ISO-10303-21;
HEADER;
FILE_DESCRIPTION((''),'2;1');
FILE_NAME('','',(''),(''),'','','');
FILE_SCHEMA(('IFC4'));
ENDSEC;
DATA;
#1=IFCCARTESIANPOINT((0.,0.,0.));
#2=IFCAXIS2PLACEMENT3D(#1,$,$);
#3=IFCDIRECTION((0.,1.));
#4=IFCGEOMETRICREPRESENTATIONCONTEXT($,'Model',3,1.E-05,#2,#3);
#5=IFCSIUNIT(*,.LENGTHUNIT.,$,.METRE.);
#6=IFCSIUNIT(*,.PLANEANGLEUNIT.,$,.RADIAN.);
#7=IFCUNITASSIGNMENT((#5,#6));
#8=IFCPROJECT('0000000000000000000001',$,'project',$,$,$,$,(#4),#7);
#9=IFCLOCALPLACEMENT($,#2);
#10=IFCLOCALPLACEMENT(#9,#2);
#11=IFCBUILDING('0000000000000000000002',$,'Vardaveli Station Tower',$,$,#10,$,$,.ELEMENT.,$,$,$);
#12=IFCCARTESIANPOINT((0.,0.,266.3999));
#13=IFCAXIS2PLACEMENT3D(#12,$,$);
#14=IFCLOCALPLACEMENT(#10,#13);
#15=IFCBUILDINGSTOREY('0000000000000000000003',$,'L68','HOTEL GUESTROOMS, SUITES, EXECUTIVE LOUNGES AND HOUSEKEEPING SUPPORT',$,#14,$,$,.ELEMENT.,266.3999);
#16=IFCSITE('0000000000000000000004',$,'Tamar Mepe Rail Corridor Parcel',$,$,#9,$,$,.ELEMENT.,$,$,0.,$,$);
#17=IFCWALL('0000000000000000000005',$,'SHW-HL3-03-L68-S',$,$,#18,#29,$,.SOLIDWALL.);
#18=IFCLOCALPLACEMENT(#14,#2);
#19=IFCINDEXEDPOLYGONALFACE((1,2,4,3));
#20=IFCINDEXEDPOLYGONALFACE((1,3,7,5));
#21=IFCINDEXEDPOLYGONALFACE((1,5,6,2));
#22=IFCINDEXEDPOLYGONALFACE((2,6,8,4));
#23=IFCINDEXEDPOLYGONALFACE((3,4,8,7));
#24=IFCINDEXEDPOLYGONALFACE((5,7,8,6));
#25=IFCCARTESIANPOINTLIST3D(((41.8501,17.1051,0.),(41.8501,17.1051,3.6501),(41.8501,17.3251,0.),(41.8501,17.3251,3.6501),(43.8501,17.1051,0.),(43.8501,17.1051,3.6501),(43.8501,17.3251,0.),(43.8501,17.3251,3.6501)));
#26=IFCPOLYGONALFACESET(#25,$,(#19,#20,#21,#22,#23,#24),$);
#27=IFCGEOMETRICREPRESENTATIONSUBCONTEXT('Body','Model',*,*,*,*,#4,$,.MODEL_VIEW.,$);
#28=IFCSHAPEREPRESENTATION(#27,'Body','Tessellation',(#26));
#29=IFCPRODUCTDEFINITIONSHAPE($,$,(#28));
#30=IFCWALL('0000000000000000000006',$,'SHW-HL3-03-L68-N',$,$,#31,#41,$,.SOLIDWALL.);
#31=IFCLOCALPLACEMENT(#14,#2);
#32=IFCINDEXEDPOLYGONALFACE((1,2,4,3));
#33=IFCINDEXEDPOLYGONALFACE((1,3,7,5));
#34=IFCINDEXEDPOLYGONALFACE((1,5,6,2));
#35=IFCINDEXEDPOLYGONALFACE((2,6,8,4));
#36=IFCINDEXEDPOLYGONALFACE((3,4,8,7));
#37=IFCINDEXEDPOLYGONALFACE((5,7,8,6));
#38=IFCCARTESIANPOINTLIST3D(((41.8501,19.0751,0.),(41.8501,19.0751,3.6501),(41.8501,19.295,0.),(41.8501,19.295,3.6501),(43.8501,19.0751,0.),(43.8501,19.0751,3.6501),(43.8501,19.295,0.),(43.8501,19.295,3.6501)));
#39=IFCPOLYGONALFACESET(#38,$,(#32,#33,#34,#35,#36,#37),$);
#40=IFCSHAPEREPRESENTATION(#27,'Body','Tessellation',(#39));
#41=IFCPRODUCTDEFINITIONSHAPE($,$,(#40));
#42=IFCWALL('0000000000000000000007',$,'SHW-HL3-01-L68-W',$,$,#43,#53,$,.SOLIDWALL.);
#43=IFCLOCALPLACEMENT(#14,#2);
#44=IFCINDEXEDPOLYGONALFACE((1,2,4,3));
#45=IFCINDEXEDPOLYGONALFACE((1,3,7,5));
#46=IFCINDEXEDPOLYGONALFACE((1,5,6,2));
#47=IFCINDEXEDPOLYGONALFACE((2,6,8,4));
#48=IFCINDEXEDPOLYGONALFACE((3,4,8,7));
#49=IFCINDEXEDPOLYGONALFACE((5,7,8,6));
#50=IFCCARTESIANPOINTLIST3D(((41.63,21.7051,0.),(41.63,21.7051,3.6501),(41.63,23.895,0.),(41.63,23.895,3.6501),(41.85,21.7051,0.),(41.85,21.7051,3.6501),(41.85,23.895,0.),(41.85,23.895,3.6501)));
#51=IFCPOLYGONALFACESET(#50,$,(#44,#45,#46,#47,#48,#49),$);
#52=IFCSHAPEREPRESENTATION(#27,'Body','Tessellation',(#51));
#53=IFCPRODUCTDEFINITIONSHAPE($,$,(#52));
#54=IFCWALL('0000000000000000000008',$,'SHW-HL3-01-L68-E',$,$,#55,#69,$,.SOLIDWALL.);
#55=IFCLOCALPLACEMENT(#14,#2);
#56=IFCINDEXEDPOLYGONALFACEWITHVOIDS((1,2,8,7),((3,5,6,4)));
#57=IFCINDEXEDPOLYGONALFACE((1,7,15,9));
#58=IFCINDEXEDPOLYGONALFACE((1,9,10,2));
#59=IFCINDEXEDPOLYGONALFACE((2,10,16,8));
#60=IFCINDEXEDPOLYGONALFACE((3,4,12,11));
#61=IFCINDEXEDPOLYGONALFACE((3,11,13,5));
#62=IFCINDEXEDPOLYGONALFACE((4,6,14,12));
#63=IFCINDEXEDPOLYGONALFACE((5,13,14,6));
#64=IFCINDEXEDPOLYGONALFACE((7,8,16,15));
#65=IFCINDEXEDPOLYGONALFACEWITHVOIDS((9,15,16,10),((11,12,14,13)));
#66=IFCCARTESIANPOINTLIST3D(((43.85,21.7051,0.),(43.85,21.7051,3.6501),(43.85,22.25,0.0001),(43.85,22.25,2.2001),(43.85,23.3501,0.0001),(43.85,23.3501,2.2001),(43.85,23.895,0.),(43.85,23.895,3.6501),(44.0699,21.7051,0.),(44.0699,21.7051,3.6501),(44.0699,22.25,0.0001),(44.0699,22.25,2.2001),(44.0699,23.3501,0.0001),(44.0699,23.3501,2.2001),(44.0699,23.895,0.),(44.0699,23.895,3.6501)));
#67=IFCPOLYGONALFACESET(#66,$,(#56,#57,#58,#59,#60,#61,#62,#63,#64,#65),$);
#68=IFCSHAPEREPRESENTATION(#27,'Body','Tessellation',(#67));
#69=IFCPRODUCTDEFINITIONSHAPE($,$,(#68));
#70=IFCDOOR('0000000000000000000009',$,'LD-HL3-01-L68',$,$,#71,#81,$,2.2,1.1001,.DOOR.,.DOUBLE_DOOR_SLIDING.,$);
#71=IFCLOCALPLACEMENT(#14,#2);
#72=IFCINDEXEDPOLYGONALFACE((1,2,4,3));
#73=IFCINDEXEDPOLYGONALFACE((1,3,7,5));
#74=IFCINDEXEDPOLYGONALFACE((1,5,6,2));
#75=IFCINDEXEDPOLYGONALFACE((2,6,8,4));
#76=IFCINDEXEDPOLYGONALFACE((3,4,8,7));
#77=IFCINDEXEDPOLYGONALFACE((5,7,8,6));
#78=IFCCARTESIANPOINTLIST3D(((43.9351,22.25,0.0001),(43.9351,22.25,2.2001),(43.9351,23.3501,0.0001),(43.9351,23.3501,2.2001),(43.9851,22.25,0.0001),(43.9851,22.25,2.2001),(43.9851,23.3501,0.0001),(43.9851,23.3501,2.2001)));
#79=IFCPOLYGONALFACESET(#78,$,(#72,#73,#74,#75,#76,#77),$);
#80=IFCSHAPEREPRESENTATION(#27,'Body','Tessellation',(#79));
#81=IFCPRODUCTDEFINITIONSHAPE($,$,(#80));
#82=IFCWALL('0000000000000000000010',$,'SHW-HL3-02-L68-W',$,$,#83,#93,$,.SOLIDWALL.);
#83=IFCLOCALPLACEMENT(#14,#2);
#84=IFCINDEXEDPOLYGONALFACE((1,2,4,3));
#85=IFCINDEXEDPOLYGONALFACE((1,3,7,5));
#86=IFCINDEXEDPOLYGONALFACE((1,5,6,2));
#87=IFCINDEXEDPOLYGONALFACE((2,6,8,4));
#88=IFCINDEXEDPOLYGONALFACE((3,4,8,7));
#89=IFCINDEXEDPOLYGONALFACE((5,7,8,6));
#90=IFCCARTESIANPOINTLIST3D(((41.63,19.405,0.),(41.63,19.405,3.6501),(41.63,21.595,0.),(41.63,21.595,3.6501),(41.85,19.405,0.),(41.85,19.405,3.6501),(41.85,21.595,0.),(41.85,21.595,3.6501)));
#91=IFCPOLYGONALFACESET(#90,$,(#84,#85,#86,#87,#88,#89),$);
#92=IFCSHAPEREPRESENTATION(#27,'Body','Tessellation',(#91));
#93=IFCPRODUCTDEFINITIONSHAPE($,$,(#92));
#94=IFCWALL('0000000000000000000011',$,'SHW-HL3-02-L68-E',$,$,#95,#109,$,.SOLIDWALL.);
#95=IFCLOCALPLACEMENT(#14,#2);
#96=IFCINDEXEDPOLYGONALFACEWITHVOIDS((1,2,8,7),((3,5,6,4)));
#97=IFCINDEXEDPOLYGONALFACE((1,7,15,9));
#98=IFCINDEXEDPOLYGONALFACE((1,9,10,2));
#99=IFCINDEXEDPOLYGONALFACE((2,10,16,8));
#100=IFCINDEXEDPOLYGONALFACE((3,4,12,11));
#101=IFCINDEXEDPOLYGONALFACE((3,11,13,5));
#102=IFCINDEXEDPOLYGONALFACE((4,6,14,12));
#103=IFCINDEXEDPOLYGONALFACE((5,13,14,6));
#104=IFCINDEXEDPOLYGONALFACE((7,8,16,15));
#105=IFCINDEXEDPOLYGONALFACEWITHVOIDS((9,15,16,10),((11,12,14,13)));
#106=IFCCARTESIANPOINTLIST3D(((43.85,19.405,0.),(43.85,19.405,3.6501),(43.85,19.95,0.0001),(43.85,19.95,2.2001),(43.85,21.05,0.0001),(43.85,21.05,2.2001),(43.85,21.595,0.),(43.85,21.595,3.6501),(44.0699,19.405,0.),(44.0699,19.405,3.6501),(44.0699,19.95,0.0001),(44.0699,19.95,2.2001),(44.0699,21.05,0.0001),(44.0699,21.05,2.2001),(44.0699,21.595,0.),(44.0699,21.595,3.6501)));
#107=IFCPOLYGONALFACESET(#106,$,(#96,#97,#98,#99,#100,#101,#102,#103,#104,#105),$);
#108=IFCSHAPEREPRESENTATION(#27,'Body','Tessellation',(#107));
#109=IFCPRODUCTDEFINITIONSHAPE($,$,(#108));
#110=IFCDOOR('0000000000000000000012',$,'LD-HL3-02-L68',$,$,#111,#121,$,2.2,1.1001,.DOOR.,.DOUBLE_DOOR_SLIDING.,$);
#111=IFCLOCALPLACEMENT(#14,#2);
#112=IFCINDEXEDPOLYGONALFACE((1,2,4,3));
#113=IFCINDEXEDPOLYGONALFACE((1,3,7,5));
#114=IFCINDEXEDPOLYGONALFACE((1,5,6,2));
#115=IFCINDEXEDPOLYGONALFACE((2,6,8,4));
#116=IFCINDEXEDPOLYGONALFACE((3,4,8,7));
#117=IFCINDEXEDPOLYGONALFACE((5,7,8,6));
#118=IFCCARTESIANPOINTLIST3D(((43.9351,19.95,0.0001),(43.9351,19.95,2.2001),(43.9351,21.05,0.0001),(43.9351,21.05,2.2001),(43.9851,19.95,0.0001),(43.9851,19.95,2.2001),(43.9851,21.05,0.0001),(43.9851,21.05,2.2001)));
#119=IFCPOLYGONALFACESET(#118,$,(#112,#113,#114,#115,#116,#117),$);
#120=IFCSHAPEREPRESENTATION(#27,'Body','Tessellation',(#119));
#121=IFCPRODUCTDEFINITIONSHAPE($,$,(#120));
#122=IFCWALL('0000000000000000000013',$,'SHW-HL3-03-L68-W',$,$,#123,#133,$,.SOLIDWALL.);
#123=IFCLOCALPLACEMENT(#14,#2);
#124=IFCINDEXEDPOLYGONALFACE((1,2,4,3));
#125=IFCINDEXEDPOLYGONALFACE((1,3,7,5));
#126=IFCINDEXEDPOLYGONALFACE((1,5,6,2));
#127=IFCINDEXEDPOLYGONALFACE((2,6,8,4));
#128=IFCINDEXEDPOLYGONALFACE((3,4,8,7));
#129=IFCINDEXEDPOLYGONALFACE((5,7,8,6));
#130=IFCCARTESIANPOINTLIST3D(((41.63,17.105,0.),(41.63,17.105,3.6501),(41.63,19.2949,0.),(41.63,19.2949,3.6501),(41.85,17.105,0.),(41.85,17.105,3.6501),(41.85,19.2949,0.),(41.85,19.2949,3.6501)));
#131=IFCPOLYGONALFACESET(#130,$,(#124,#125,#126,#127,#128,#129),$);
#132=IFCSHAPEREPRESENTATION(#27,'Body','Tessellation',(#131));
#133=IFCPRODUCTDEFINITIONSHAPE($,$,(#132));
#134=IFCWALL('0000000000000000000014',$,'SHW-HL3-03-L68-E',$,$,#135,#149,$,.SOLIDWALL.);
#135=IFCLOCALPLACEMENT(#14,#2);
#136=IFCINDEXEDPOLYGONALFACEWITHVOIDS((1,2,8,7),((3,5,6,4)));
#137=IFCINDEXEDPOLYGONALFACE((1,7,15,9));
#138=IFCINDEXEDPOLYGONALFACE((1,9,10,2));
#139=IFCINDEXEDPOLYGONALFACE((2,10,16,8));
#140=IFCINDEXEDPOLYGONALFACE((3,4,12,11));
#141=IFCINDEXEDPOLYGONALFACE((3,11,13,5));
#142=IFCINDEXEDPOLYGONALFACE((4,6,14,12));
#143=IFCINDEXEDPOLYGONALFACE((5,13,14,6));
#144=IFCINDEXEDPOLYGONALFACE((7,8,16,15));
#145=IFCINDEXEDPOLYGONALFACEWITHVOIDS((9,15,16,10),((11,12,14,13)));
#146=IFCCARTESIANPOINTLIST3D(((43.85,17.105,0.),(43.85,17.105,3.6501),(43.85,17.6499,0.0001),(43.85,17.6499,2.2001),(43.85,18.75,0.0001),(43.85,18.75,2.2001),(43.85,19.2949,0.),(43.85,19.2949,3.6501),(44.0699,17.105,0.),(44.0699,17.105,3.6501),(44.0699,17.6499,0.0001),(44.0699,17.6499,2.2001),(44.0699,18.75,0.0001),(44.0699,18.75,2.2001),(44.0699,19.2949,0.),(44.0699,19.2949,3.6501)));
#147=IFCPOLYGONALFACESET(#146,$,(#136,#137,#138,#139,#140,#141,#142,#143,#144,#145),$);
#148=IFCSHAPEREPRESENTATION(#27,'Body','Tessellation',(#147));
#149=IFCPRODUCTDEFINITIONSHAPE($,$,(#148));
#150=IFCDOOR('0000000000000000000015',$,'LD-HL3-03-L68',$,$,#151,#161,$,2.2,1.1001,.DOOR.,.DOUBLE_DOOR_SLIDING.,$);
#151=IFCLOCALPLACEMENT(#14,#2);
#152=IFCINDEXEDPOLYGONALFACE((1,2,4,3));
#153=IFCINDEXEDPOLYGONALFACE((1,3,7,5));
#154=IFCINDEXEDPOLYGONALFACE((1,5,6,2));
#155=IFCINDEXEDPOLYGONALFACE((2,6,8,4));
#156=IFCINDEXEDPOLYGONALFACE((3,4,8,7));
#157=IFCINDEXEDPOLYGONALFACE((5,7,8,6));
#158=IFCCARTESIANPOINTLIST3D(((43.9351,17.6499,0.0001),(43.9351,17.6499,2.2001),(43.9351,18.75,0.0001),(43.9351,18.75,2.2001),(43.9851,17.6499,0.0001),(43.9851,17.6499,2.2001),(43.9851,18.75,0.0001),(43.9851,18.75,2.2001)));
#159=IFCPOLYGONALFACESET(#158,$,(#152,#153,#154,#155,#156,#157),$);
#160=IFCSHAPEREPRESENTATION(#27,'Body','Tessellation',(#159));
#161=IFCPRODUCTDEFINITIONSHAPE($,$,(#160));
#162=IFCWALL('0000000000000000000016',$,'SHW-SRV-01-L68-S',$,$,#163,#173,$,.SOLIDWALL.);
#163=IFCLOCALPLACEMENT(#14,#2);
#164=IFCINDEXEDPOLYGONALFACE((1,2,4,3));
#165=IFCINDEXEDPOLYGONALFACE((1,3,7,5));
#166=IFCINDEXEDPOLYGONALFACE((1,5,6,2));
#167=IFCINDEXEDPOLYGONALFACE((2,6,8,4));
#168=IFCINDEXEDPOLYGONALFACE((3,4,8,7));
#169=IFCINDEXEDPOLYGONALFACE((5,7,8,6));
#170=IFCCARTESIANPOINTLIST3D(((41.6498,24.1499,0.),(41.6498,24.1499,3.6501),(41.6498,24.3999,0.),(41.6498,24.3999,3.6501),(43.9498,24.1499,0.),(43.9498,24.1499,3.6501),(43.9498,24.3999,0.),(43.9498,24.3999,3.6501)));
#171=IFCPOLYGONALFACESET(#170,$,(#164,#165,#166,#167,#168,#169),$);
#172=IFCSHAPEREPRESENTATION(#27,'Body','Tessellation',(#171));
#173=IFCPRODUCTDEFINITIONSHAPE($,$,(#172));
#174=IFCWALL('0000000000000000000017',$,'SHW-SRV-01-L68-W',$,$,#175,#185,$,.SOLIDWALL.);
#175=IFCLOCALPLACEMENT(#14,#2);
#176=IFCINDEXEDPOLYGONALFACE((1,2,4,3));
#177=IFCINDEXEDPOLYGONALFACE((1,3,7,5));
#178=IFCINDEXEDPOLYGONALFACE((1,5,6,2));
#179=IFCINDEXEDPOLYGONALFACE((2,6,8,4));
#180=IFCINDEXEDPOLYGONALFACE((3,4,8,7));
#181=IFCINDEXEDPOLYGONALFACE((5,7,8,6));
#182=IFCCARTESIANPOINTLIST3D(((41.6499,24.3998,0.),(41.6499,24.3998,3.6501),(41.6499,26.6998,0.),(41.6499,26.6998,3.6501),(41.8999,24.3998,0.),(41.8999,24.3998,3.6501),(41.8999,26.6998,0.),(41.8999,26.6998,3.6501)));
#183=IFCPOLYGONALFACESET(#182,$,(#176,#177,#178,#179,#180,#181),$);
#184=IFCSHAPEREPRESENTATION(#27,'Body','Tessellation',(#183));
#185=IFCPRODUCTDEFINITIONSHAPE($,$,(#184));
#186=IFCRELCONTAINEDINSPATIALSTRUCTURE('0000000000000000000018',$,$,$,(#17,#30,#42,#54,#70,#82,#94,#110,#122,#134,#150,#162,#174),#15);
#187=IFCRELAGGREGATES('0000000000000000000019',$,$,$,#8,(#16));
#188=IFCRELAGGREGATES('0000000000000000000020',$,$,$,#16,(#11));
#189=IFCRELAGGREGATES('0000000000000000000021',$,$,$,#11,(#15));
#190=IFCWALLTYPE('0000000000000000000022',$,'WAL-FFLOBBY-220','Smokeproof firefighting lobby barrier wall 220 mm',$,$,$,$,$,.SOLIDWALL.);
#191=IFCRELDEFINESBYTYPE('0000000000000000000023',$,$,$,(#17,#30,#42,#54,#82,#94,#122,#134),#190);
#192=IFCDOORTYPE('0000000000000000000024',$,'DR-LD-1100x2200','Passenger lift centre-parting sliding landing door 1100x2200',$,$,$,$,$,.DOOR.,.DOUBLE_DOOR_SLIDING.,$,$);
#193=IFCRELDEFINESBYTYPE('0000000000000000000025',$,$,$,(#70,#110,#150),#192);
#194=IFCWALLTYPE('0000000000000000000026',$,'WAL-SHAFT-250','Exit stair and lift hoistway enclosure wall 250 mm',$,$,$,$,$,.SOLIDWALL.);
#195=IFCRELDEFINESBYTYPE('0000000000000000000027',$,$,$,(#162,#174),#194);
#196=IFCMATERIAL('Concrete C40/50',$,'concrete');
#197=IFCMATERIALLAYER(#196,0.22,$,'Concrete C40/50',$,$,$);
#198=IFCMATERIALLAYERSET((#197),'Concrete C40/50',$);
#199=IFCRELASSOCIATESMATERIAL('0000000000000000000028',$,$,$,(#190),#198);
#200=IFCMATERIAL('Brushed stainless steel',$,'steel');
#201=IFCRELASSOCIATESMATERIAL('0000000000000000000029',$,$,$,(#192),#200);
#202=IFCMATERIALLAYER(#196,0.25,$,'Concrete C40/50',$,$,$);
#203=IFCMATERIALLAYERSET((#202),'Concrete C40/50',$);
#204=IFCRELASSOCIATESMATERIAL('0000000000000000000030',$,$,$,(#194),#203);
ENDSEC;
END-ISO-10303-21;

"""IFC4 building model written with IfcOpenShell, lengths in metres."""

from ifc_helpers import new_model, si_unit, direction, frame, frame_2d, origin, place, context, subcontext, project, spatial, rectangle, extrude, source, transform, mapped, material, layer, layer_set, type_object, element, fill, save


model = new_model("IFC4")

# Units and contexts
model_context = context("Model", 3, precision=1e-05, world=origin(), true_north=direction((0.0, 1.0)))
body_context = subcontext(model_context, "Body", "Model", "MODEL_VIEW")
ifc_project = project(units=[si_unit("LENGTHUNIT", "METRE"), si_unit("PLANEANGLEUNIT", "RADIAN")], contexts=[model_context])

# Site, building, storey
site_placement = place(None, origin())
site = spatial("IfcSite", under=ifc_project, at=site_placement, Name="Tamar Mepe Rail Corridor Parcel", CompositionType="ELEMENT", RefElevation=0.0)
building_placement = place(site_placement, origin())
building = spatial("IfcBuilding", under=site, at=building_placement, Name="Vardaveli Station Tower", CompositionType="ELEMENT")
storey_placement = place(building_placement, frame((0.0, 0.0, 266.3999)))
storey = spatial("IfcBuildingStorey", under=building, at=storey_placement, Name="L68", Description="HOTEL GUESTROOMS, SUITES, EXECUTIVE LOUNGES AND HOUSEKEEPING SUPPORT", CompositionType="ELEMENT", Elevation=266.3999)

# Walls
ifc_material_1 = material(Name="Concrete C40/50", Category="concrete")
ifc_layer_1 = layer(ifc_material_1, 0.22, Name="Concrete C40/50")
ifc_layer_set_1 = layer_set([ifc_layer_1], Name="Concrete C40/50")
wall_type_1 = type_object("IfcWallType", Name="WAL-FFLOBBY-220", Description="Smokeproof firefighting lobby barrier wall 220 mm", PredefinedType="SOLIDWALL", material=ifc_layer_set_1)
shared_shape_1 = source(origin(), body_context, "Body", "SweptSolid", [
    extrude(rectangle(XDim=2.0, YDim=0.22, at=frame_2d((1.0, 0.0))), origin(), (0.0, 0.0, 1.0), 3.6501),
])
for number, where, z_axis, x_axis, name in (
    (1, (41.8501, 17.2151, 0.0), (0.0, 0.0, 1.0), (1.0, 0.0, 0.0), "SHW-HL3-03-L68-S"),
    (2, (41.8501, 19.1851, 0.0), (0.0, 0.0, 1.0), (1.0, 0.0, 0.0), "SHW-HL3-03-L68-N"),
):
    element("IfcWall", number, at=place(storey_placement, frame(where, z_axis=z_axis, x_axis=x_axis)), inside=storey, type_object=wall_type_1, Name=name, PredefinedType="SOLIDWALL", context=body_context, shape_type="MappedRepresentation", body=[
        mapped(shared_shape_1, transform((0.0, 0.0, 0.0), scale=1.0)),
    ])
shared_shape_2 = source(origin(), body_context, "Body", "SweptSolid", [
    extrude(rectangle(XDim=2.1899, YDim=0.22, at=frame_2d((1.095, 0.0))), origin(), (0.0, 0.0, 1.0), 3.6501),
])
wall_1_placement = place(storey_placement, frame((41.74, 21.7051, 0.0), z_axis=(0.0, 0.0, 1.0), x_axis=(0.0, 1.0, 0.0)))
element("IfcWall", 3, at=wall_1_placement, inside=storey, type_object=wall_type_1, Name="SHW-HL3-01-L68-W", PredefinedType="SOLIDWALL", context=body_context, shape_type="MappedRepresentation", body=[
    mapped(shared_shape_2, transform((0.0, 0.0, 0.0), scale=1.0)),
])

# Wall, opening, door
wall_2_placement = place(storey_placement, frame((43.96, 21.7051, 0.0), z_axis=(0.0, 0.0, 1.0), x_axis=(0.0, 1.0, 0.0)))
wall_2 = element("IfcWall", 4, at=wall_2_placement, inside=storey, type_object=wall_type_1, Name="SHW-HL3-01-L68-E", PredefinedType="SOLIDWALL", context=body_context, shape_type="MappedRepresentation", body=[
    mapped(shared_shape_2, transform((0.0, 0.0, 0.0), scale=1.0)),
])
shared_shape_3 = source(origin(), body_context, "Body", "SweptSolid", [
    extrude(rectangle(XDim=1.1001, YDim=2.2, at=frame_2d((0.55, 1.1001))), frame((0.0, 0.1201, 0.0), z_axis=(0.0, -1.0, 0.0), x_axis=(1.0, 0.0, 0.0)), (0.0, 0.0, 1.0), 0.24),
])
opening_1_placement = place(wall_2_placement, frame((0.5449, 0.0, 0.0)))
opening_1 = element("IfcOpeningElement", 5, at=opening_1_placement, cuts=wall_2, PredefinedType="OPENING", context=body_context, shape_type="MappedRepresentation", body=[
    mapped(shared_shape_3, transform((0.0, 0.0, 0.0), scale=1.0)),
])
ifc_material_2 = material(Name="Brushed stainless steel", Category="steel")
door_type = type_object("IfcDoorType", Name="DR-LD-1100x2200", Description="Passenger lift centre-parting sliding landing door 1100x2200", OperationType="DOUBLE_DOOR_SLIDING", PredefinedType="DOOR", material=ifc_material_2)
shared_shape_4 = source(origin(), body_context, "Body", "SweptSolid", [
    extrude(rectangle(XDim=1.1001, YDim=2.2, at=frame_2d((0.55, 1.1001))), frame((0.0, 0.0249, 0.0), z_axis=(0.0, -1.0, 0.0), x_axis=(1.0, 0.0, 0.0)), (0.0, 0.0, 1.0), 0.05),
])
door_1_placement = place(opening_1_placement, origin())
door_1 = element("IfcDoor", 6, at=door_1_placement, inside=storey, type_object=door_type, Name="LD-HL3-01-L68", OperationType="DOUBLE_DOOR_SLIDING", OverallHeight=2.2, OverallWidth=1.1001, PredefinedType="DOOR", context=body_context, shape_type="MappedRepresentation", body=[
    mapped(shared_shape_4, transform((0.0, 0.0, 0.0), scale=1.0)),
])
fill(opening_1, door_1)

# Wall
wall_3_placement = place(storey_placement, frame((41.74, 19.405, 0.0), z_axis=(0.0, 0.0, 1.0), x_axis=(0.0, 1.0, 0.0)))
element("IfcWall", 7, at=wall_3_placement, inside=storey, type_object=wall_type_1, Name="SHW-HL3-02-L68-W", PredefinedType="SOLIDWALL", context=body_context, shape_type="MappedRepresentation", body=[
    mapped(shared_shape_2, transform((0.0, 0.0, 0.0), scale=1.0)),
])

# Wall, opening, door
wall_4_placement = place(storey_placement, frame((43.96, 19.405, 0.0), z_axis=(0.0, 0.0, 1.0), x_axis=(0.0, 1.0, 0.0)))
wall_4 = element("IfcWall", 8, at=wall_4_placement, inside=storey, type_object=wall_type_1, Name="SHW-HL3-02-L68-E", PredefinedType="SOLIDWALL", context=body_context, shape_type="MappedRepresentation", body=[
    mapped(shared_shape_2, transform((0.0, 0.0, 0.0), scale=1.0)),
])
opening_2_placement = place(wall_4_placement, frame((0.5449, 0.0, 0.0)))
opening_2 = element("IfcOpeningElement", 9, at=opening_2_placement, cuts=wall_4, PredefinedType="OPENING", context=body_context, shape_type="MappedRepresentation", body=[
    mapped(shared_shape_3, transform((0.0, 0.0, 0.0), scale=1.0)),
])
door_2_placement = place(opening_2_placement, origin())
door_2 = element("IfcDoor", 10, at=door_2_placement, inside=storey, type_object=door_type, Name="LD-HL3-02-L68", OperationType="DOUBLE_DOOR_SLIDING", OverallHeight=2.2, OverallWidth=1.1001, PredefinedType="DOOR", context=body_context, shape_type="MappedRepresentation", body=[
    mapped(shared_shape_4, transform((0.0, 0.0, 0.0), scale=1.0)),
])
fill(opening_2, door_2)

# Wall
wall_5_placement = place(storey_placement, frame((41.74, 17.105, 0.0), z_axis=(0.0, 0.0, 1.0), x_axis=(0.0, 1.0, 0.0)))
element("IfcWall", 11, at=wall_5_placement, inside=storey, type_object=wall_type_1, Name="SHW-HL3-03-L68-W", PredefinedType="SOLIDWALL", context=body_context, shape_type="MappedRepresentation", body=[
    mapped(shared_shape_2, transform((0.0, 0.0, 0.0), scale=1.0)),
])

# Wall, opening, door
wall_6_placement = place(storey_placement, frame((43.96, 17.105, 0.0), z_axis=(0.0, 0.0, 1.0), x_axis=(0.0, 1.0, 0.0)))
wall_6 = element("IfcWall", 12, at=wall_6_placement, inside=storey, type_object=wall_type_1, Name="SHW-HL3-03-L68-E", PredefinedType="SOLIDWALL", context=body_context, shape_type="MappedRepresentation", body=[
    mapped(shared_shape_2, transform((0.0, 0.0, 0.0), scale=1.0)),
])
opening_3_placement = place(wall_6_placement, frame((0.5449, 0.0, 0.0)))
opening_3 = element("IfcOpeningElement", 13, at=opening_3_placement, cuts=wall_6, PredefinedType="OPENING", context=body_context, shape_type="MappedRepresentation", body=[
    mapped(shared_shape_3, transform((0.0, 0.0, 0.0), scale=1.0)),
])
door_3_placement = place(opening_3_placement, origin())
door_3 = element("IfcDoor", 14, at=door_3_placement, inside=storey, type_object=door_type, Name="LD-HL3-03-L68", OperationType="DOUBLE_DOOR_SLIDING", OverallHeight=2.2, OverallWidth=1.1001, PredefinedType="DOOR", context=body_context, shape_type="MappedRepresentation", body=[
    mapped(shared_shape_4, transform((0.0, 0.0, 0.0), scale=1.0)),
])
fill(opening_3, door_3)

# Walls
ifc_layer_2 = layer(ifc_material_1, 0.25, Name="Concrete C40/50")
ifc_layer_set_2 = layer_set([ifc_layer_2], Name="Concrete C40/50")
wall_type_2 = type_object("IfcWallType", Name="WAL-SHAFT-250", Description="Exit stair and lift hoistway enclosure wall 250 mm", PredefinedType="SOLIDWALL", material=ifc_layer_set_2)
shared_shape_5 = source(origin(), body_context, "Body", "SweptSolid", [
    extrude(rectangle(XDim=2.3, YDim=0.25, at=frame_2d((1.1499, 0.0))), origin(), (0.0, 0.0, 1.0), 3.6501),
])
for number, where, z_axis, x_axis, name in (
    (15, (41.6499, 24.2749, 0.0), (0.0, 0.0, 1.0), (1.0, 0.0, 0.0), "SHW-SRV-01-L68-S"),
    (16, (41.7749, 24.3999, 0.0), (0.0, 0.0, 1.0), (0.0, 1.0, 0.0), "SHW-SRV-01-L68-W"),
):
    element("IfcWall", number, at=place(storey_placement, frame(where, z_axis=z_axis, x_axis=x_axis)), inside=storey, type_object=wall_type_2, Name=name, PredefinedType="SOLIDWALL", context=body_context, shape_type="MappedRepresentation", body=[
        mapped(shared_shape_5, transform((0.0, 0.0, 0.0), scale=1.0)),
    ])

save(model, "model.ifc")
